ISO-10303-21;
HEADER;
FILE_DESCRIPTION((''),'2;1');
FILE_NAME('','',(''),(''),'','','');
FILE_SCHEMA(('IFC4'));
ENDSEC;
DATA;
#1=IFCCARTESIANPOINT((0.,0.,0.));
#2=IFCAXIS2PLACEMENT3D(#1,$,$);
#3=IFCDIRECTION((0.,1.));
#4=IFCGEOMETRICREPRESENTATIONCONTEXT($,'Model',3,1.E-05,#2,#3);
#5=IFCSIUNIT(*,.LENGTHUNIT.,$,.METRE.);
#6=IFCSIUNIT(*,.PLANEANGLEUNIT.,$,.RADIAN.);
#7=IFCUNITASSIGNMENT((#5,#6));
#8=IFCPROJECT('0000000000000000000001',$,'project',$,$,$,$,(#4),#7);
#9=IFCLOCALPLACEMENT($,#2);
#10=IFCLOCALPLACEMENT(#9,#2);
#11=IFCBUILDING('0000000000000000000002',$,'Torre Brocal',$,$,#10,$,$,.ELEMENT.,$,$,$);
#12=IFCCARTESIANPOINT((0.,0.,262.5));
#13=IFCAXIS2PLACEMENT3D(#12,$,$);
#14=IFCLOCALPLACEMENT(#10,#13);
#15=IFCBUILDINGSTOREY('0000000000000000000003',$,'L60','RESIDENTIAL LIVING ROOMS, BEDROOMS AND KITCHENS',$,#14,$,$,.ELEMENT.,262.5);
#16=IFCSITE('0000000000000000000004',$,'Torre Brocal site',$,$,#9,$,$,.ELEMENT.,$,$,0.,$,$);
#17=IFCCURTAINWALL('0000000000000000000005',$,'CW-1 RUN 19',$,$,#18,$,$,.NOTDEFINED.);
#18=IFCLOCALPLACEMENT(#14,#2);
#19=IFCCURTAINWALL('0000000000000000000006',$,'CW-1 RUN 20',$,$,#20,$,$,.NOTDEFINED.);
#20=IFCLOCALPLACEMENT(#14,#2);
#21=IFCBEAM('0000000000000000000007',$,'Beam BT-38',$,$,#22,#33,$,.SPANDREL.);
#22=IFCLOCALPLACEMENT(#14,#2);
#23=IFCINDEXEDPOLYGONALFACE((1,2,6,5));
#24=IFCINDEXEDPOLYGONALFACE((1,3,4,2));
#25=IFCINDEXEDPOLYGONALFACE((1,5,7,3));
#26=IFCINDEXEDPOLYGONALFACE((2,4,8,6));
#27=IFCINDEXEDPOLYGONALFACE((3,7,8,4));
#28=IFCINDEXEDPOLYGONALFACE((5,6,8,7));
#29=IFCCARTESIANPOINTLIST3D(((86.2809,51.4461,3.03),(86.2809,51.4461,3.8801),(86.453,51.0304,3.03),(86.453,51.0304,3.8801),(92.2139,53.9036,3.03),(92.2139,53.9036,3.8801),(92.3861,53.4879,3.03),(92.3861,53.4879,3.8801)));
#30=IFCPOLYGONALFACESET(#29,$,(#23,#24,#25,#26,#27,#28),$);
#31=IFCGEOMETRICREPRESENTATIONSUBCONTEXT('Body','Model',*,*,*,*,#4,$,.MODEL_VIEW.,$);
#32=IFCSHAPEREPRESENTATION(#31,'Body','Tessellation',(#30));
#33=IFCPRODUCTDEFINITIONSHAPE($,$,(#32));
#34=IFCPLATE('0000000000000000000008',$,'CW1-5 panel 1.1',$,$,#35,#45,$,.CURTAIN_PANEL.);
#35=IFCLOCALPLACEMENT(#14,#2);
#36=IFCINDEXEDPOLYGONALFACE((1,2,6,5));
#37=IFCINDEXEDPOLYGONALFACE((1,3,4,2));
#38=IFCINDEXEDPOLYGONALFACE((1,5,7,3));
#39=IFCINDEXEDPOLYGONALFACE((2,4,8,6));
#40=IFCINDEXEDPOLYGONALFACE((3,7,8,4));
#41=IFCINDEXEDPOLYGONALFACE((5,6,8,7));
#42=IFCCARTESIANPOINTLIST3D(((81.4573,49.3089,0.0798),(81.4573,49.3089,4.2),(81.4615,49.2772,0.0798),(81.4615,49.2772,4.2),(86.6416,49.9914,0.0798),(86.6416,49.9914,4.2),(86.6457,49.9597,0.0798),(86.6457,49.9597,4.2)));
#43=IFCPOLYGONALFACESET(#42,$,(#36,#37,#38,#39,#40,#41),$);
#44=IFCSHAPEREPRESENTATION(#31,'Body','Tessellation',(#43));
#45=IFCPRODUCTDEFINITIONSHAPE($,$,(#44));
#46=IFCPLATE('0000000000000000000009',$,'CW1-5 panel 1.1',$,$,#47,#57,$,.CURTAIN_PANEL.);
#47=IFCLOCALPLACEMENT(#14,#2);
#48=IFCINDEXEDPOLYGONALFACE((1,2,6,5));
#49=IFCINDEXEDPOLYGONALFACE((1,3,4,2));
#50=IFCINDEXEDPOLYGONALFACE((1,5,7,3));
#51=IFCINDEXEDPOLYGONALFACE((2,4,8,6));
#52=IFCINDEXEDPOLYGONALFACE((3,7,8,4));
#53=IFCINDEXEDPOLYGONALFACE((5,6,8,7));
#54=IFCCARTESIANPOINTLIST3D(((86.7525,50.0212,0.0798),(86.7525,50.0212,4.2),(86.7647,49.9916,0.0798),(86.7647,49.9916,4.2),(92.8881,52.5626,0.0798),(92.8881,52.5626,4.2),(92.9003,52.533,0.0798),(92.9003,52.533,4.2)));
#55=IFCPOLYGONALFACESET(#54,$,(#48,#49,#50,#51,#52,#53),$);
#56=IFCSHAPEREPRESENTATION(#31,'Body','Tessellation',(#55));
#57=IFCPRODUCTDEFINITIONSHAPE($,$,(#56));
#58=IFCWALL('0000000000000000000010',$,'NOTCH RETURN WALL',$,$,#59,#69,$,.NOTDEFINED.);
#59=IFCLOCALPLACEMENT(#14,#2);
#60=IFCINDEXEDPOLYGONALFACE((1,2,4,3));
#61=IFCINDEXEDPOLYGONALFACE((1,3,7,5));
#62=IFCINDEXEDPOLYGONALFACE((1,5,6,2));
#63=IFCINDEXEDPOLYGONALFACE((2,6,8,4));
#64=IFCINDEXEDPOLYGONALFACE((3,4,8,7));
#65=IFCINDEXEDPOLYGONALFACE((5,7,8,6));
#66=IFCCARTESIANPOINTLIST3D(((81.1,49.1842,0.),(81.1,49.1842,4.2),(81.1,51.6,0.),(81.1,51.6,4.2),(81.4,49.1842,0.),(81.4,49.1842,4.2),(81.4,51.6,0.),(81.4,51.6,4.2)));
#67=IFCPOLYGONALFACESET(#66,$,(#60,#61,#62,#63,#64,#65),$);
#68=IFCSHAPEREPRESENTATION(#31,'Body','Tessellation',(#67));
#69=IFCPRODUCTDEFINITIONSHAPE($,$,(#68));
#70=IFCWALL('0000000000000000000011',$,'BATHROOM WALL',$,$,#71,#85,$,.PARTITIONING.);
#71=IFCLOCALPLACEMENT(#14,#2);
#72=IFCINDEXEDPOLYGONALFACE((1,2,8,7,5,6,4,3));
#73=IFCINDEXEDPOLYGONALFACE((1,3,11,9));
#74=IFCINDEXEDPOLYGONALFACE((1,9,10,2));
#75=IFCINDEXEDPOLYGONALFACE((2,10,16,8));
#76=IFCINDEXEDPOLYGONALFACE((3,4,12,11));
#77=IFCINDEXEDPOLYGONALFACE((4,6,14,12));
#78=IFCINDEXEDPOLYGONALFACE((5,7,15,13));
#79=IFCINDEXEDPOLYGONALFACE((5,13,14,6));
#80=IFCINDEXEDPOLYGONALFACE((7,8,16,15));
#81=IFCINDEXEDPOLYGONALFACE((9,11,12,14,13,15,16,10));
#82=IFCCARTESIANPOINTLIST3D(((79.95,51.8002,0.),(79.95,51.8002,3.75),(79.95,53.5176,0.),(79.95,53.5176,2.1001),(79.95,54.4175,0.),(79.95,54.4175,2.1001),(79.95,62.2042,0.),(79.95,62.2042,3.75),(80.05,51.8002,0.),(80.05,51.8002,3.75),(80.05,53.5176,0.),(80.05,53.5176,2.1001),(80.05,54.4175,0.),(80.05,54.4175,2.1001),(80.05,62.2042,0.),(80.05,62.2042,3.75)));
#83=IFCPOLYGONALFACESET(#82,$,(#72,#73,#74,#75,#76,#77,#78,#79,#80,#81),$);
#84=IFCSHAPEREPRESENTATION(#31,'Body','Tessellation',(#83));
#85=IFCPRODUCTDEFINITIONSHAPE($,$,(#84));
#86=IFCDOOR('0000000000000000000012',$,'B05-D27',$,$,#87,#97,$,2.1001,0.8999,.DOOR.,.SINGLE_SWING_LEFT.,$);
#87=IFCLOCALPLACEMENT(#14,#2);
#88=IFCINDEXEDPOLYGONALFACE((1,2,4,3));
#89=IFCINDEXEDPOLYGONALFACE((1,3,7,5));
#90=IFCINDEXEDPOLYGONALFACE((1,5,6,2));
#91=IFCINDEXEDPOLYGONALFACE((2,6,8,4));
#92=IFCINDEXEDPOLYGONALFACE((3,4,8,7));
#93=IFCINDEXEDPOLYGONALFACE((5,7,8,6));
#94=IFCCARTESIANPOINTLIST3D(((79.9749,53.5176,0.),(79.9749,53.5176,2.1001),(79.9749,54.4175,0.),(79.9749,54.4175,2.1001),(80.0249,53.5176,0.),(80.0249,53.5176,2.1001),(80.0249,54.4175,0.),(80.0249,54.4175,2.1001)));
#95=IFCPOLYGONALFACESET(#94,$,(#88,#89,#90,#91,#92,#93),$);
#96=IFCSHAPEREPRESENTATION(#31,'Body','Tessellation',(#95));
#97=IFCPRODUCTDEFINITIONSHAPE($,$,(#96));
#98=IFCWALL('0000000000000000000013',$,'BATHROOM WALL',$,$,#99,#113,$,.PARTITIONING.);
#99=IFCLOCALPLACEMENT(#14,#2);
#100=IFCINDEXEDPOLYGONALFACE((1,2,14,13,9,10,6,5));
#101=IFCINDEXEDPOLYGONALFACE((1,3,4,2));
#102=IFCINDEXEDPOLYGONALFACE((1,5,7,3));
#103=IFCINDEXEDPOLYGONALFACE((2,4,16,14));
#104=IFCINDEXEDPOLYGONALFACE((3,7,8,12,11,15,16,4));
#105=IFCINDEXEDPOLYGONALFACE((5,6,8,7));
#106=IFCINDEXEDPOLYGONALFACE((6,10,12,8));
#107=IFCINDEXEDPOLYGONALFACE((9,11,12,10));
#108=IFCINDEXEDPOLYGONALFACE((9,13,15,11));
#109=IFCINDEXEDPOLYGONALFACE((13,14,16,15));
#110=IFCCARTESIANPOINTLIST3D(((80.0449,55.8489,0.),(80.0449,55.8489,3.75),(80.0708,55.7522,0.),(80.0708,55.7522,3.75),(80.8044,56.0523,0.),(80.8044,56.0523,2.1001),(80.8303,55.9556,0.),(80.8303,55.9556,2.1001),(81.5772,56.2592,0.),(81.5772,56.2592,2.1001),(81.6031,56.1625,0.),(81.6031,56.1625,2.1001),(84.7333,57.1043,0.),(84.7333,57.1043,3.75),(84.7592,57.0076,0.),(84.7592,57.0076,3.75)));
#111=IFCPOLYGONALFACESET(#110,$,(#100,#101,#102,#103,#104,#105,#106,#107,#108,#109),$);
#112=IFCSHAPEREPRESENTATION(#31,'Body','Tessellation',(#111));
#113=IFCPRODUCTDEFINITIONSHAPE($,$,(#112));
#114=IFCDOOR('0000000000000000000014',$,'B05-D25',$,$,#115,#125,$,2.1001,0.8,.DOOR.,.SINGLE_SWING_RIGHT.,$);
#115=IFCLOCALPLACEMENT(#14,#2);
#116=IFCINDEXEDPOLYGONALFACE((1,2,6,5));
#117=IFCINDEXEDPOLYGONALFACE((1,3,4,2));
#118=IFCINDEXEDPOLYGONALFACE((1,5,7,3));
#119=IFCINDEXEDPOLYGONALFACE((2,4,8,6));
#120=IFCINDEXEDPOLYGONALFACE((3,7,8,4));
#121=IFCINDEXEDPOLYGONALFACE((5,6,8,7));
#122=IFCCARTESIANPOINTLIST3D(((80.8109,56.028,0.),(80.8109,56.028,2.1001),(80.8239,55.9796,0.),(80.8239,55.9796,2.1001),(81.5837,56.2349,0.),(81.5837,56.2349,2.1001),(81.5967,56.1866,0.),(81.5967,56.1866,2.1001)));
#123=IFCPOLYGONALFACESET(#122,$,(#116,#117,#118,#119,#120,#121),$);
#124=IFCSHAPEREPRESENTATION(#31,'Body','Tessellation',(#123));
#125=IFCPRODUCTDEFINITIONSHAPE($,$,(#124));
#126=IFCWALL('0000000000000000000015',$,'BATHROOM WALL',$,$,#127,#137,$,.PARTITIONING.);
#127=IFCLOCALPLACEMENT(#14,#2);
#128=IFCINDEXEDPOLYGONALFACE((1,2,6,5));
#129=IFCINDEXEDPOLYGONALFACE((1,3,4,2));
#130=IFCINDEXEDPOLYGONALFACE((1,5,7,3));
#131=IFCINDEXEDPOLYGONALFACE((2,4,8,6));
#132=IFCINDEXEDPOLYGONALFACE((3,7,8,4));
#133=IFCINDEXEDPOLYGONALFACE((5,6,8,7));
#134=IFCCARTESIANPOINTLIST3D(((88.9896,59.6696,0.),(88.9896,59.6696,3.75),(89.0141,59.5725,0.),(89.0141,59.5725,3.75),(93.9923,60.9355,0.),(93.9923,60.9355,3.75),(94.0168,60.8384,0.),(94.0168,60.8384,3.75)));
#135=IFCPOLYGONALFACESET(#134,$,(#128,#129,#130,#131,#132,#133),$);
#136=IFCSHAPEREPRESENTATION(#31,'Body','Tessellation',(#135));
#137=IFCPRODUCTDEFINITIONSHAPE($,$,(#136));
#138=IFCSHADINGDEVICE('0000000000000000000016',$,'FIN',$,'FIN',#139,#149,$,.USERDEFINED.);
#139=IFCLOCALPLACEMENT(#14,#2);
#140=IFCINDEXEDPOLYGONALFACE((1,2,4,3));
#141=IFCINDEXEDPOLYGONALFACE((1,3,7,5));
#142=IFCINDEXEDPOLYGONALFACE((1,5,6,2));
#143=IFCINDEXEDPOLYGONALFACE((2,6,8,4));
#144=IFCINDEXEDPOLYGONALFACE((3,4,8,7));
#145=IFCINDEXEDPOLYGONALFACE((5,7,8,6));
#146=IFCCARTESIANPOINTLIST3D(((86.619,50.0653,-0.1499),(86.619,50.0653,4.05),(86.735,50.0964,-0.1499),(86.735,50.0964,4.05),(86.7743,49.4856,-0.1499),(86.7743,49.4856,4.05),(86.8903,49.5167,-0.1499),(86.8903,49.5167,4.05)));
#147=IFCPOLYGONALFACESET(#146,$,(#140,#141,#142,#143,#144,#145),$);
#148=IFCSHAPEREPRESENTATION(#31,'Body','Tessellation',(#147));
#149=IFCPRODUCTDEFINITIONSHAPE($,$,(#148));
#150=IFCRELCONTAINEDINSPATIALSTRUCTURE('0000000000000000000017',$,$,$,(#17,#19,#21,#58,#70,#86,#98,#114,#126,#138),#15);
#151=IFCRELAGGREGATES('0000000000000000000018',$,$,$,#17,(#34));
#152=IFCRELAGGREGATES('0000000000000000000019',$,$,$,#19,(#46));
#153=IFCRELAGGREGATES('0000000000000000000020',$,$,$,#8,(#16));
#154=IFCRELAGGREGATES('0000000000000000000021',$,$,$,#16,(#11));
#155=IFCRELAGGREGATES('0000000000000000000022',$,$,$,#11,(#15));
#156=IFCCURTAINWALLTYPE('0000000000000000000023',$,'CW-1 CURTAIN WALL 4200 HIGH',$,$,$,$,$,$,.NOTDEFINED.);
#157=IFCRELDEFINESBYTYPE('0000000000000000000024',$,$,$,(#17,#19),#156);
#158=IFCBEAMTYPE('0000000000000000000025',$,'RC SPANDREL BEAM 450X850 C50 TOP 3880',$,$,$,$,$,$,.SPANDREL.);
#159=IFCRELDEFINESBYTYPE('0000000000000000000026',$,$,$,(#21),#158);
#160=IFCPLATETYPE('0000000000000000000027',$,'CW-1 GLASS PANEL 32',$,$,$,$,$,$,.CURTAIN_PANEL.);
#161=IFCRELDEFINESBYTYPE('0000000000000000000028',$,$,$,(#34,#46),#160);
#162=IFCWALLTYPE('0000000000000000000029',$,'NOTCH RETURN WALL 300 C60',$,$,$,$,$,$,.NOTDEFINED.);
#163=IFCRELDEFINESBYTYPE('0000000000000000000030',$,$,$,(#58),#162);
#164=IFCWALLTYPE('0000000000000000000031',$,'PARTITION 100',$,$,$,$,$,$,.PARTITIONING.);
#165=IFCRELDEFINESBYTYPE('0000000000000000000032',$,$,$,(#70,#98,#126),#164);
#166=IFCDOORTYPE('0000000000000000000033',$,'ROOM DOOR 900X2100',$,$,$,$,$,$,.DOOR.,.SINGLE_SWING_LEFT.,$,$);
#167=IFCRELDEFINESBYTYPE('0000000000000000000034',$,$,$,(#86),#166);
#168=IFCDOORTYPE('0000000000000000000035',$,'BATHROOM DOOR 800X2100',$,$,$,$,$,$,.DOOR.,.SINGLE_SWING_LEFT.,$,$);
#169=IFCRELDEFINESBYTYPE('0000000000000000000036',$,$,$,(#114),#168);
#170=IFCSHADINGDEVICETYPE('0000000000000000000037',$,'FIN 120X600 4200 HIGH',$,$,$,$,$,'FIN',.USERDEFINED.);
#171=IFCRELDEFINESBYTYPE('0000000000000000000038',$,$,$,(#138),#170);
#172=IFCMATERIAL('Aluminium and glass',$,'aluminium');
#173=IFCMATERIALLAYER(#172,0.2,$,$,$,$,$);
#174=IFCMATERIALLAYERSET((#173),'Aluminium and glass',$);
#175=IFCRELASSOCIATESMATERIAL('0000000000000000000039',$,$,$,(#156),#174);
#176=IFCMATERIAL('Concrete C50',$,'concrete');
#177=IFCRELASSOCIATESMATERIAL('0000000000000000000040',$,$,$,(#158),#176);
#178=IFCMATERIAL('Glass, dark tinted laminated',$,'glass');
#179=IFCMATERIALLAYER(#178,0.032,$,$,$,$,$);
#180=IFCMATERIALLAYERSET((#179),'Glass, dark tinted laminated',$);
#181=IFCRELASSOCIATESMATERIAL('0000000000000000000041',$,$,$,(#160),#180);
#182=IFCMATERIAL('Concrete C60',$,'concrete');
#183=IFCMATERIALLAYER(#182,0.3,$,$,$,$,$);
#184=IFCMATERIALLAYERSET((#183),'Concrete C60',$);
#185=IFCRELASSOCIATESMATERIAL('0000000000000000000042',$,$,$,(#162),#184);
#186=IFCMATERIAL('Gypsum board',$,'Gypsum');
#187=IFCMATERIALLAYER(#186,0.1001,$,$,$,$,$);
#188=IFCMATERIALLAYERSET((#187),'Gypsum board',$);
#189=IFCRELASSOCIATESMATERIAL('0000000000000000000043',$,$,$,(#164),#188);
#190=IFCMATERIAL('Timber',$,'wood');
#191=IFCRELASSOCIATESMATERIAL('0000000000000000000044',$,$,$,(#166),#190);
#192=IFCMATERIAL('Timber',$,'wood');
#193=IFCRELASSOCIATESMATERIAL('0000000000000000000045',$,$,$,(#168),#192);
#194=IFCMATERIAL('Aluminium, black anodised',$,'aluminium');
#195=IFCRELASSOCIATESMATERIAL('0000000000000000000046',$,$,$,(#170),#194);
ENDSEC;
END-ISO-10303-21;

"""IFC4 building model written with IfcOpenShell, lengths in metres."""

from ifc_helpers import new_model, si_unit, direction, frame, frame_2d, origin, origin_2d, place, context, subcontext, project, spatial, rectangle, extrude, material, layer, layer_set, material_profile, profile_set, type_object, element, fill, aggregate, save


model = new_model("IFC4")

# Units and contexts
model_context = context("Model", 3, precision=1e-05, world=origin(), true_north=direction((0.0, 1.0)))
body_context = subcontext(model_context, "Body", "Model", "MODEL_VIEW")
ifc_project = project(units=[si_unit("LENGTHUNIT", "METRE"), si_unit("PLANEANGLEUNIT", "RADIAN")], contexts=[model_context])

# Site, building, storey
site_placement = place(None, origin())
site = spatial("IfcSite", under=ifc_project, at=site_placement, Name="Torre Brocal site", CompositionType="ELEMENT", RefElevation=0.0)
building_placement = place(site_placement, origin())
building = spatial("IfcBuilding", under=site, at=building_placement, Name="Torre Brocal", CompositionType="ELEMENT")
storey_placement = place(building_placement, frame((0.0, 0.0, 262.5)))
storey = spatial("IfcBuildingStorey", under=building, at=storey_placement, Name="L60", Description="RESIDENTIAL LIVING ROOMS, BEDROOMS AND KITCHENS", CompositionType="ELEMENT", Elevation=262.5)

# Curtain wall
ifc_material_1 = material(Name="Aluminium and glass", Category="aluminium")
ifc_layer_1 = layer(ifc_material_1, 0.2)
ifc_layer_set_1 = layer_set([ifc_layer_1], Name="Aluminium and glass")
curtain_wall_type = type_object("IfcCurtainWallType", Name="CW-1 CURTAIN WALL 4200 HIGH", PredefinedType="NOTDEFINED", material=ifc_layer_set_1)
curtain_wall_1_placement = place(storey_placement, origin())
curtain_wall_1 = element("IfcCurtainWall", 1, at=curtain_wall_1_placement, inside=storey, type_object=curtain_wall_type, Name="CW-1 RUN 19", PredefinedType="NOTDEFINED")

# Curtain wall
curtain_wall_2_placement = place(storey_placement, origin())
curtain_wall_2 = element("IfcCurtainWall", 2, at=curtain_wall_2_placement, inside=storey, type_object=curtain_wall_type, Name="CW-1 RUN 20", PredefinedType="NOTDEFINED")

# Beam
ifc_material_2 = material(Name="Concrete C50", Category="concrete")
ifc_material_profile_1 = material_profile(ifc_material_2, rectangle(XDim=0.45, YDim=0.8501, at=origin_2d()), Name="RC 450X850")
ifc_profile_set_1 = profile_set([ifc_material_profile_1], Name="Concrete C50")
beam_type_1 = type_object("IfcBeamType", Name="RC SPANDREL BEAM 450X850 C50 TOP 3880", PredefinedType="SPANDREL", material=ifc_profile_set_1)
beam_1_placement = place(storey_placement, frame((86.3669, 51.2383, 3.4551), z_axis=(0.923882, 0.382676, 0.0), x_axis=(-0.382676, 0.923882, 0.0)))
element("IfcBeam", 3, at=beam_1_placement, inside=storey, type_object=beam_type_1, Name="Beam BT-38", PredefinedType="SPANDREL", context=body_context, shape_type="SweptSolid", body=[
    extrude(rectangle(XDim=0.45, YDim=0.8501, at=origin_2d()), origin(), (0.0, 0.0, 1.0), 6.4219),
])

# Plates
ifc_material_3 = material(Name="Glass, dark tinted laminated", Category="glass")
ifc_layer_2 = layer(ifc_material_3, 0.032)
ifc_layer_set_2 = layer_set([ifc_layer_2], Name="Glass, dark tinted laminated")
plate_type = type_object("IfcPlateType", Name="CW-1 GLASS PANEL 32", PredefinedType="CURTAIN_PANEL", material=ifc_layer_set_2)
plate_1_placement = place(storey_placement, frame((84.0515, 49.6343, 0.0798), z_axis=(0.0, 0.0, 1.0), x_axis=(0.991445, 0.130526, 0.0)))
plate_1 = element("IfcPlate", 4, at=plate_1_placement, type_object=plate_type, Name="CW1-5 panel 1.1", PredefinedType="CURTAIN_PANEL", context=body_context, shape_type="SweptSolid", body=[
    extrude(rectangle(XDim=5.229, YDim=0.032, at=origin_2d()), origin(), (0.0, 0.0, 1.0), 4.1201),
])
aggregate(curtain_wall_1, [plate_1])
plate_2_placement = place(storey_placement, frame((89.8264, 51.2771, 0.0798), z_axis=(0.0, 0.0, 1.0), x_axis=(0.92388, 0.382683, 0.0)))
plate_2 = element("IfcPlate", 5, at=plate_2_placement, type_object=plate_type, Name="CW1-5 panel 1.1", PredefinedType="CURTAIN_PANEL", context=body_context, shape_type="SweptSolid", body=[
    extrude(rectangle(XDim=6.6411, YDim=0.032, at=origin_2d()), origin(), (0.0, 0.0, 1.0), 4.1201),
])
aggregate(curtain_wall_2, [plate_2])

# Wall
ifc_material_4 = material(Name="Concrete C60", Category="concrete")
ifc_layer_3 = layer(ifc_material_4, 0.3)
ifc_layer_set_3 = layer_set([ifc_layer_3], Name="Concrete C60")
wall_type_1 = type_object("IfcWallType", Name="NOTCH RETURN WALL 300 C60", PredefinedType="NOTDEFINED", material=ifc_layer_set_3)
wall_1_placement = place(storey_placement, frame((81.25, 51.6001, 0.0), z_axis=(0.0, 0.0, 1.0), x_axis=(0.0, -1.0, 0.0)))
element("IfcWall", 6, at=wall_1_placement, inside=storey, type_object=wall_type_1, Name="NOTCH RETURN WALL", PredefinedType="NOTDEFINED", context=body_context, shape_type="SweptSolid", body=[
    extrude(rectangle(XDim=2.4158, YDim=0.3, at=frame_2d((1.208, 0.0))), origin(), (0.0, 0.0, 1.0), 4.2),
])

# Walls, openings, doors
ifc_material_5 = material(Name="Gypsum board", Category="Gypsum")
ifc_layer_4 = layer(ifc_material_5, 0.1001)
ifc_layer_set_4 = layer_set([ifc_layer_4], Name="Gypsum board")
wall_type_2 = type_object("IfcWallType", Name="PARTITION 100", PredefinedType="PARTITIONING", material=ifc_layer_set_4)
wall_2_placement = place(storey_placement, frame((80.0, 51.8, 0.0), z_axis=(0.0, 0.0, 1.0), x_axis=(0.0, 1.0, 0.0)))
wall_2 = element("IfcWall", 7, at=wall_2_placement, inside=storey, type_object=wall_type_2, Name="BATHROOM WALL", PredefinedType="PARTITIONING", context=body_context, shape_type="SweptSolid", body=[
    extrude(rectangle(XDim=10.4041, YDim=0.1001, at=frame_2d((5.2021, 0.0))), origin(), (0.0, 0.0, 1.0), 3.75),
])
opening_1_placement = place(wall_2_placement, frame((1.7175, 0.0, 0.0)))
opening_1 = element("IfcOpeningElement", 8, at=opening_1_placement, cuts=wall_2, PredefinedType="OPENING", context=body_context, shape_type="SweptSolid", body=[
    extrude(rectangle(XDim=0.8999, YDim=2.1001, at=frame_2d((0.45, 1.05))), frame((0.0, 0.0601, 0.0), z_axis=(0.0, -1.0, 0.0), x_axis=(1.0, 0.0, 0.0)), (0.0, 0.0, 1.0), 0.1201),
])
ifc_material_6 = material(Name="Timber", Category="wood")
door_type_1 = type_object("IfcDoorType", Name="ROOM DOOR 900X2100", OperationType="SINGLE_SWING_LEFT", PredefinedType="DOOR", material=ifc_material_6)
door_1_placement = place(opening_1_placement, frame((0.8999, 0.0, 0.0), z_axis=(0.0, 0.0, 1.0), x_axis=(-1.0, 0.0, 0.0)))
door_1 = element("IfcDoor", 9, at=door_1_placement, inside=storey, type_object=door_type_1, Name="B05-D27", OperationType="SINGLE_SWING_LEFT", OverallHeight=2.1001, OverallWidth=0.8999, PredefinedType="DOOR", context=body_context, shape_type="SweptSolid", body=[
    extrude(rectangle(XDim=0.8999, YDim=2.1001, at=frame_2d((0.45, 1.05))), frame((0.0, 0.0249, 0.0), z_axis=(0.0, -1.0, 0.0), x_axis=(1.0, 0.0, 0.0)), (0.0, 0.0, 1.0), 0.05),
])
fill(opening_1, door_1)
wall_3_placement = place(storey_placement, frame((80.0579, 55.8005, 0.0), z_axis=(0.0, 0.0, 1.0), x_axis=(0.965969, 0.258658, 0.0)))
wall_3 = element("IfcWall", 10, at=wall_3_placement, inside=storey, type_object=wall_type_2, Name="BATHROOM WALL", PredefinedType="PARTITIONING", context=body_context, shape_type="SweptSolid", body=[
    extrude(rectangle(XDim=4.8535, YDim=0.1001, at=frame_2d((2.4268, 0.0))), origin(), (0.0, 0.0, 1.0), 3.75),
])
opening_2_placement = place(wall_3_placement, frame((0.7864, 0.0, 0.0)))
opening_2 = element("IfcOpeningElement", 11, at=opening_2_placement, cuts=wall_3, PredefinedType="OPENING", context=body_context, shape_type="SweptSolid", body=[
    extrude(rectangle(XDim=0.8, YDim=2.1001, at=frame_2d((0.3999, 1.05))), frame((0.0, 0.0601, 0.0), z_axis=(0.0, -1.0, 0.0), x_axis=(1.0, 0.0, 0.0)), (0.0, 0.0, 1.0), 0.1201),
])
ifc_material_7 = material(Name="Timber", Category="wood")
door_type_2 = type_object("IfcDoorType", Name="BATHROOM DOOR 800X2100", OperationType="SINGLE_SWING_LEFT", PredefinedType="DOOR", material=ifc_material_7)
door_2_placement = place(opening_2_placement, origin())
door_2 = element("IfcDoor", 12, at=door_2_placement, inside=storey, type_object=door_type_2, Name="B05-D25", OperationType="SINGLE_SWING_RIGHT", OverallHeight=2.1001, OverallWidth=0.8, PredefinedType="DOOR", context=body_context, shape_type="SweptSolid", body=[
    extrude(rectangle(XDim=0.8, YDim=2.1001, at=frame_2d((0.3999, 1.05))), frame((0.0, 0.0249, 0.0), z_axis=(0.0, -1.0, 0.0), x_axis=(1.0, 0.0, 0.0)), (0.0, 0.0, 1.0), 0.05),
])
fill(opening_2, door_2)

# Wall
wall_4_placement = place(storey_placement, frame((89.002, 59.6211, 0.0), z_axis=(0.0, 0.0, 1.0), x_axis=(0.969446, 0.245306, 0.0)))
element("IfcWall", 13, at=wall_4_placement, inside=storey, type_object=wall_type_2, Name="BATHROOM WALL", PredefinedType="PARTITIONING", context=body_context, shape_type="SweptSolid", body=[
    extrude(rectangle(XDim=5.1604, YDim=0.1001, at=frame_2d((2.5801, 0.0))), origin(), (0.0, 0.0, 1.0), 3.75),
])

# Shading device
ifc_material_8 = material(Name="Aluminium, black anodised", Category="aluminium")
ifc_material_profile_2 = material_profile(ifc_material_8, rectangle(XDim=0.1201, YDim=0.6001, at=origin_2d()), Name="FIN 120X600 4200 HIGH")
ifc_profile_set_2 = profile_set([ifc_material_profile_2], Name="Aluminium, black anodised")
shading_device_type = type_object("IfcShadingDeviceType", Name="FIN 120X600 4200 HIGH", ElementType="FIN", PredefinedType="USERDEFINED", material=ifc_profile_set_2)
shading_device_placement = place(storey_placement, frame((86.7546, 49.791, -0.1499), z_axis=(0.0, 0.0, 1.0), x_axis=(0.965926, 0.258819, 0.0)))
element("IfcShadingDevice", 14, at=shading_device_placement, inside=storey, type_object=shading_device_type, Name="FIN", ObjectType="FIN", PredefinedType="USERDEFINED", context=body_context, shape_type="SweptSolid", body=[
    extrude(rectangle(XDim=0.1201, YDim=0.6001, at=origin_2d()), origin(), (0.0, 0.0, 1.0), 4.2),
])

save(model, "model.ifc")
